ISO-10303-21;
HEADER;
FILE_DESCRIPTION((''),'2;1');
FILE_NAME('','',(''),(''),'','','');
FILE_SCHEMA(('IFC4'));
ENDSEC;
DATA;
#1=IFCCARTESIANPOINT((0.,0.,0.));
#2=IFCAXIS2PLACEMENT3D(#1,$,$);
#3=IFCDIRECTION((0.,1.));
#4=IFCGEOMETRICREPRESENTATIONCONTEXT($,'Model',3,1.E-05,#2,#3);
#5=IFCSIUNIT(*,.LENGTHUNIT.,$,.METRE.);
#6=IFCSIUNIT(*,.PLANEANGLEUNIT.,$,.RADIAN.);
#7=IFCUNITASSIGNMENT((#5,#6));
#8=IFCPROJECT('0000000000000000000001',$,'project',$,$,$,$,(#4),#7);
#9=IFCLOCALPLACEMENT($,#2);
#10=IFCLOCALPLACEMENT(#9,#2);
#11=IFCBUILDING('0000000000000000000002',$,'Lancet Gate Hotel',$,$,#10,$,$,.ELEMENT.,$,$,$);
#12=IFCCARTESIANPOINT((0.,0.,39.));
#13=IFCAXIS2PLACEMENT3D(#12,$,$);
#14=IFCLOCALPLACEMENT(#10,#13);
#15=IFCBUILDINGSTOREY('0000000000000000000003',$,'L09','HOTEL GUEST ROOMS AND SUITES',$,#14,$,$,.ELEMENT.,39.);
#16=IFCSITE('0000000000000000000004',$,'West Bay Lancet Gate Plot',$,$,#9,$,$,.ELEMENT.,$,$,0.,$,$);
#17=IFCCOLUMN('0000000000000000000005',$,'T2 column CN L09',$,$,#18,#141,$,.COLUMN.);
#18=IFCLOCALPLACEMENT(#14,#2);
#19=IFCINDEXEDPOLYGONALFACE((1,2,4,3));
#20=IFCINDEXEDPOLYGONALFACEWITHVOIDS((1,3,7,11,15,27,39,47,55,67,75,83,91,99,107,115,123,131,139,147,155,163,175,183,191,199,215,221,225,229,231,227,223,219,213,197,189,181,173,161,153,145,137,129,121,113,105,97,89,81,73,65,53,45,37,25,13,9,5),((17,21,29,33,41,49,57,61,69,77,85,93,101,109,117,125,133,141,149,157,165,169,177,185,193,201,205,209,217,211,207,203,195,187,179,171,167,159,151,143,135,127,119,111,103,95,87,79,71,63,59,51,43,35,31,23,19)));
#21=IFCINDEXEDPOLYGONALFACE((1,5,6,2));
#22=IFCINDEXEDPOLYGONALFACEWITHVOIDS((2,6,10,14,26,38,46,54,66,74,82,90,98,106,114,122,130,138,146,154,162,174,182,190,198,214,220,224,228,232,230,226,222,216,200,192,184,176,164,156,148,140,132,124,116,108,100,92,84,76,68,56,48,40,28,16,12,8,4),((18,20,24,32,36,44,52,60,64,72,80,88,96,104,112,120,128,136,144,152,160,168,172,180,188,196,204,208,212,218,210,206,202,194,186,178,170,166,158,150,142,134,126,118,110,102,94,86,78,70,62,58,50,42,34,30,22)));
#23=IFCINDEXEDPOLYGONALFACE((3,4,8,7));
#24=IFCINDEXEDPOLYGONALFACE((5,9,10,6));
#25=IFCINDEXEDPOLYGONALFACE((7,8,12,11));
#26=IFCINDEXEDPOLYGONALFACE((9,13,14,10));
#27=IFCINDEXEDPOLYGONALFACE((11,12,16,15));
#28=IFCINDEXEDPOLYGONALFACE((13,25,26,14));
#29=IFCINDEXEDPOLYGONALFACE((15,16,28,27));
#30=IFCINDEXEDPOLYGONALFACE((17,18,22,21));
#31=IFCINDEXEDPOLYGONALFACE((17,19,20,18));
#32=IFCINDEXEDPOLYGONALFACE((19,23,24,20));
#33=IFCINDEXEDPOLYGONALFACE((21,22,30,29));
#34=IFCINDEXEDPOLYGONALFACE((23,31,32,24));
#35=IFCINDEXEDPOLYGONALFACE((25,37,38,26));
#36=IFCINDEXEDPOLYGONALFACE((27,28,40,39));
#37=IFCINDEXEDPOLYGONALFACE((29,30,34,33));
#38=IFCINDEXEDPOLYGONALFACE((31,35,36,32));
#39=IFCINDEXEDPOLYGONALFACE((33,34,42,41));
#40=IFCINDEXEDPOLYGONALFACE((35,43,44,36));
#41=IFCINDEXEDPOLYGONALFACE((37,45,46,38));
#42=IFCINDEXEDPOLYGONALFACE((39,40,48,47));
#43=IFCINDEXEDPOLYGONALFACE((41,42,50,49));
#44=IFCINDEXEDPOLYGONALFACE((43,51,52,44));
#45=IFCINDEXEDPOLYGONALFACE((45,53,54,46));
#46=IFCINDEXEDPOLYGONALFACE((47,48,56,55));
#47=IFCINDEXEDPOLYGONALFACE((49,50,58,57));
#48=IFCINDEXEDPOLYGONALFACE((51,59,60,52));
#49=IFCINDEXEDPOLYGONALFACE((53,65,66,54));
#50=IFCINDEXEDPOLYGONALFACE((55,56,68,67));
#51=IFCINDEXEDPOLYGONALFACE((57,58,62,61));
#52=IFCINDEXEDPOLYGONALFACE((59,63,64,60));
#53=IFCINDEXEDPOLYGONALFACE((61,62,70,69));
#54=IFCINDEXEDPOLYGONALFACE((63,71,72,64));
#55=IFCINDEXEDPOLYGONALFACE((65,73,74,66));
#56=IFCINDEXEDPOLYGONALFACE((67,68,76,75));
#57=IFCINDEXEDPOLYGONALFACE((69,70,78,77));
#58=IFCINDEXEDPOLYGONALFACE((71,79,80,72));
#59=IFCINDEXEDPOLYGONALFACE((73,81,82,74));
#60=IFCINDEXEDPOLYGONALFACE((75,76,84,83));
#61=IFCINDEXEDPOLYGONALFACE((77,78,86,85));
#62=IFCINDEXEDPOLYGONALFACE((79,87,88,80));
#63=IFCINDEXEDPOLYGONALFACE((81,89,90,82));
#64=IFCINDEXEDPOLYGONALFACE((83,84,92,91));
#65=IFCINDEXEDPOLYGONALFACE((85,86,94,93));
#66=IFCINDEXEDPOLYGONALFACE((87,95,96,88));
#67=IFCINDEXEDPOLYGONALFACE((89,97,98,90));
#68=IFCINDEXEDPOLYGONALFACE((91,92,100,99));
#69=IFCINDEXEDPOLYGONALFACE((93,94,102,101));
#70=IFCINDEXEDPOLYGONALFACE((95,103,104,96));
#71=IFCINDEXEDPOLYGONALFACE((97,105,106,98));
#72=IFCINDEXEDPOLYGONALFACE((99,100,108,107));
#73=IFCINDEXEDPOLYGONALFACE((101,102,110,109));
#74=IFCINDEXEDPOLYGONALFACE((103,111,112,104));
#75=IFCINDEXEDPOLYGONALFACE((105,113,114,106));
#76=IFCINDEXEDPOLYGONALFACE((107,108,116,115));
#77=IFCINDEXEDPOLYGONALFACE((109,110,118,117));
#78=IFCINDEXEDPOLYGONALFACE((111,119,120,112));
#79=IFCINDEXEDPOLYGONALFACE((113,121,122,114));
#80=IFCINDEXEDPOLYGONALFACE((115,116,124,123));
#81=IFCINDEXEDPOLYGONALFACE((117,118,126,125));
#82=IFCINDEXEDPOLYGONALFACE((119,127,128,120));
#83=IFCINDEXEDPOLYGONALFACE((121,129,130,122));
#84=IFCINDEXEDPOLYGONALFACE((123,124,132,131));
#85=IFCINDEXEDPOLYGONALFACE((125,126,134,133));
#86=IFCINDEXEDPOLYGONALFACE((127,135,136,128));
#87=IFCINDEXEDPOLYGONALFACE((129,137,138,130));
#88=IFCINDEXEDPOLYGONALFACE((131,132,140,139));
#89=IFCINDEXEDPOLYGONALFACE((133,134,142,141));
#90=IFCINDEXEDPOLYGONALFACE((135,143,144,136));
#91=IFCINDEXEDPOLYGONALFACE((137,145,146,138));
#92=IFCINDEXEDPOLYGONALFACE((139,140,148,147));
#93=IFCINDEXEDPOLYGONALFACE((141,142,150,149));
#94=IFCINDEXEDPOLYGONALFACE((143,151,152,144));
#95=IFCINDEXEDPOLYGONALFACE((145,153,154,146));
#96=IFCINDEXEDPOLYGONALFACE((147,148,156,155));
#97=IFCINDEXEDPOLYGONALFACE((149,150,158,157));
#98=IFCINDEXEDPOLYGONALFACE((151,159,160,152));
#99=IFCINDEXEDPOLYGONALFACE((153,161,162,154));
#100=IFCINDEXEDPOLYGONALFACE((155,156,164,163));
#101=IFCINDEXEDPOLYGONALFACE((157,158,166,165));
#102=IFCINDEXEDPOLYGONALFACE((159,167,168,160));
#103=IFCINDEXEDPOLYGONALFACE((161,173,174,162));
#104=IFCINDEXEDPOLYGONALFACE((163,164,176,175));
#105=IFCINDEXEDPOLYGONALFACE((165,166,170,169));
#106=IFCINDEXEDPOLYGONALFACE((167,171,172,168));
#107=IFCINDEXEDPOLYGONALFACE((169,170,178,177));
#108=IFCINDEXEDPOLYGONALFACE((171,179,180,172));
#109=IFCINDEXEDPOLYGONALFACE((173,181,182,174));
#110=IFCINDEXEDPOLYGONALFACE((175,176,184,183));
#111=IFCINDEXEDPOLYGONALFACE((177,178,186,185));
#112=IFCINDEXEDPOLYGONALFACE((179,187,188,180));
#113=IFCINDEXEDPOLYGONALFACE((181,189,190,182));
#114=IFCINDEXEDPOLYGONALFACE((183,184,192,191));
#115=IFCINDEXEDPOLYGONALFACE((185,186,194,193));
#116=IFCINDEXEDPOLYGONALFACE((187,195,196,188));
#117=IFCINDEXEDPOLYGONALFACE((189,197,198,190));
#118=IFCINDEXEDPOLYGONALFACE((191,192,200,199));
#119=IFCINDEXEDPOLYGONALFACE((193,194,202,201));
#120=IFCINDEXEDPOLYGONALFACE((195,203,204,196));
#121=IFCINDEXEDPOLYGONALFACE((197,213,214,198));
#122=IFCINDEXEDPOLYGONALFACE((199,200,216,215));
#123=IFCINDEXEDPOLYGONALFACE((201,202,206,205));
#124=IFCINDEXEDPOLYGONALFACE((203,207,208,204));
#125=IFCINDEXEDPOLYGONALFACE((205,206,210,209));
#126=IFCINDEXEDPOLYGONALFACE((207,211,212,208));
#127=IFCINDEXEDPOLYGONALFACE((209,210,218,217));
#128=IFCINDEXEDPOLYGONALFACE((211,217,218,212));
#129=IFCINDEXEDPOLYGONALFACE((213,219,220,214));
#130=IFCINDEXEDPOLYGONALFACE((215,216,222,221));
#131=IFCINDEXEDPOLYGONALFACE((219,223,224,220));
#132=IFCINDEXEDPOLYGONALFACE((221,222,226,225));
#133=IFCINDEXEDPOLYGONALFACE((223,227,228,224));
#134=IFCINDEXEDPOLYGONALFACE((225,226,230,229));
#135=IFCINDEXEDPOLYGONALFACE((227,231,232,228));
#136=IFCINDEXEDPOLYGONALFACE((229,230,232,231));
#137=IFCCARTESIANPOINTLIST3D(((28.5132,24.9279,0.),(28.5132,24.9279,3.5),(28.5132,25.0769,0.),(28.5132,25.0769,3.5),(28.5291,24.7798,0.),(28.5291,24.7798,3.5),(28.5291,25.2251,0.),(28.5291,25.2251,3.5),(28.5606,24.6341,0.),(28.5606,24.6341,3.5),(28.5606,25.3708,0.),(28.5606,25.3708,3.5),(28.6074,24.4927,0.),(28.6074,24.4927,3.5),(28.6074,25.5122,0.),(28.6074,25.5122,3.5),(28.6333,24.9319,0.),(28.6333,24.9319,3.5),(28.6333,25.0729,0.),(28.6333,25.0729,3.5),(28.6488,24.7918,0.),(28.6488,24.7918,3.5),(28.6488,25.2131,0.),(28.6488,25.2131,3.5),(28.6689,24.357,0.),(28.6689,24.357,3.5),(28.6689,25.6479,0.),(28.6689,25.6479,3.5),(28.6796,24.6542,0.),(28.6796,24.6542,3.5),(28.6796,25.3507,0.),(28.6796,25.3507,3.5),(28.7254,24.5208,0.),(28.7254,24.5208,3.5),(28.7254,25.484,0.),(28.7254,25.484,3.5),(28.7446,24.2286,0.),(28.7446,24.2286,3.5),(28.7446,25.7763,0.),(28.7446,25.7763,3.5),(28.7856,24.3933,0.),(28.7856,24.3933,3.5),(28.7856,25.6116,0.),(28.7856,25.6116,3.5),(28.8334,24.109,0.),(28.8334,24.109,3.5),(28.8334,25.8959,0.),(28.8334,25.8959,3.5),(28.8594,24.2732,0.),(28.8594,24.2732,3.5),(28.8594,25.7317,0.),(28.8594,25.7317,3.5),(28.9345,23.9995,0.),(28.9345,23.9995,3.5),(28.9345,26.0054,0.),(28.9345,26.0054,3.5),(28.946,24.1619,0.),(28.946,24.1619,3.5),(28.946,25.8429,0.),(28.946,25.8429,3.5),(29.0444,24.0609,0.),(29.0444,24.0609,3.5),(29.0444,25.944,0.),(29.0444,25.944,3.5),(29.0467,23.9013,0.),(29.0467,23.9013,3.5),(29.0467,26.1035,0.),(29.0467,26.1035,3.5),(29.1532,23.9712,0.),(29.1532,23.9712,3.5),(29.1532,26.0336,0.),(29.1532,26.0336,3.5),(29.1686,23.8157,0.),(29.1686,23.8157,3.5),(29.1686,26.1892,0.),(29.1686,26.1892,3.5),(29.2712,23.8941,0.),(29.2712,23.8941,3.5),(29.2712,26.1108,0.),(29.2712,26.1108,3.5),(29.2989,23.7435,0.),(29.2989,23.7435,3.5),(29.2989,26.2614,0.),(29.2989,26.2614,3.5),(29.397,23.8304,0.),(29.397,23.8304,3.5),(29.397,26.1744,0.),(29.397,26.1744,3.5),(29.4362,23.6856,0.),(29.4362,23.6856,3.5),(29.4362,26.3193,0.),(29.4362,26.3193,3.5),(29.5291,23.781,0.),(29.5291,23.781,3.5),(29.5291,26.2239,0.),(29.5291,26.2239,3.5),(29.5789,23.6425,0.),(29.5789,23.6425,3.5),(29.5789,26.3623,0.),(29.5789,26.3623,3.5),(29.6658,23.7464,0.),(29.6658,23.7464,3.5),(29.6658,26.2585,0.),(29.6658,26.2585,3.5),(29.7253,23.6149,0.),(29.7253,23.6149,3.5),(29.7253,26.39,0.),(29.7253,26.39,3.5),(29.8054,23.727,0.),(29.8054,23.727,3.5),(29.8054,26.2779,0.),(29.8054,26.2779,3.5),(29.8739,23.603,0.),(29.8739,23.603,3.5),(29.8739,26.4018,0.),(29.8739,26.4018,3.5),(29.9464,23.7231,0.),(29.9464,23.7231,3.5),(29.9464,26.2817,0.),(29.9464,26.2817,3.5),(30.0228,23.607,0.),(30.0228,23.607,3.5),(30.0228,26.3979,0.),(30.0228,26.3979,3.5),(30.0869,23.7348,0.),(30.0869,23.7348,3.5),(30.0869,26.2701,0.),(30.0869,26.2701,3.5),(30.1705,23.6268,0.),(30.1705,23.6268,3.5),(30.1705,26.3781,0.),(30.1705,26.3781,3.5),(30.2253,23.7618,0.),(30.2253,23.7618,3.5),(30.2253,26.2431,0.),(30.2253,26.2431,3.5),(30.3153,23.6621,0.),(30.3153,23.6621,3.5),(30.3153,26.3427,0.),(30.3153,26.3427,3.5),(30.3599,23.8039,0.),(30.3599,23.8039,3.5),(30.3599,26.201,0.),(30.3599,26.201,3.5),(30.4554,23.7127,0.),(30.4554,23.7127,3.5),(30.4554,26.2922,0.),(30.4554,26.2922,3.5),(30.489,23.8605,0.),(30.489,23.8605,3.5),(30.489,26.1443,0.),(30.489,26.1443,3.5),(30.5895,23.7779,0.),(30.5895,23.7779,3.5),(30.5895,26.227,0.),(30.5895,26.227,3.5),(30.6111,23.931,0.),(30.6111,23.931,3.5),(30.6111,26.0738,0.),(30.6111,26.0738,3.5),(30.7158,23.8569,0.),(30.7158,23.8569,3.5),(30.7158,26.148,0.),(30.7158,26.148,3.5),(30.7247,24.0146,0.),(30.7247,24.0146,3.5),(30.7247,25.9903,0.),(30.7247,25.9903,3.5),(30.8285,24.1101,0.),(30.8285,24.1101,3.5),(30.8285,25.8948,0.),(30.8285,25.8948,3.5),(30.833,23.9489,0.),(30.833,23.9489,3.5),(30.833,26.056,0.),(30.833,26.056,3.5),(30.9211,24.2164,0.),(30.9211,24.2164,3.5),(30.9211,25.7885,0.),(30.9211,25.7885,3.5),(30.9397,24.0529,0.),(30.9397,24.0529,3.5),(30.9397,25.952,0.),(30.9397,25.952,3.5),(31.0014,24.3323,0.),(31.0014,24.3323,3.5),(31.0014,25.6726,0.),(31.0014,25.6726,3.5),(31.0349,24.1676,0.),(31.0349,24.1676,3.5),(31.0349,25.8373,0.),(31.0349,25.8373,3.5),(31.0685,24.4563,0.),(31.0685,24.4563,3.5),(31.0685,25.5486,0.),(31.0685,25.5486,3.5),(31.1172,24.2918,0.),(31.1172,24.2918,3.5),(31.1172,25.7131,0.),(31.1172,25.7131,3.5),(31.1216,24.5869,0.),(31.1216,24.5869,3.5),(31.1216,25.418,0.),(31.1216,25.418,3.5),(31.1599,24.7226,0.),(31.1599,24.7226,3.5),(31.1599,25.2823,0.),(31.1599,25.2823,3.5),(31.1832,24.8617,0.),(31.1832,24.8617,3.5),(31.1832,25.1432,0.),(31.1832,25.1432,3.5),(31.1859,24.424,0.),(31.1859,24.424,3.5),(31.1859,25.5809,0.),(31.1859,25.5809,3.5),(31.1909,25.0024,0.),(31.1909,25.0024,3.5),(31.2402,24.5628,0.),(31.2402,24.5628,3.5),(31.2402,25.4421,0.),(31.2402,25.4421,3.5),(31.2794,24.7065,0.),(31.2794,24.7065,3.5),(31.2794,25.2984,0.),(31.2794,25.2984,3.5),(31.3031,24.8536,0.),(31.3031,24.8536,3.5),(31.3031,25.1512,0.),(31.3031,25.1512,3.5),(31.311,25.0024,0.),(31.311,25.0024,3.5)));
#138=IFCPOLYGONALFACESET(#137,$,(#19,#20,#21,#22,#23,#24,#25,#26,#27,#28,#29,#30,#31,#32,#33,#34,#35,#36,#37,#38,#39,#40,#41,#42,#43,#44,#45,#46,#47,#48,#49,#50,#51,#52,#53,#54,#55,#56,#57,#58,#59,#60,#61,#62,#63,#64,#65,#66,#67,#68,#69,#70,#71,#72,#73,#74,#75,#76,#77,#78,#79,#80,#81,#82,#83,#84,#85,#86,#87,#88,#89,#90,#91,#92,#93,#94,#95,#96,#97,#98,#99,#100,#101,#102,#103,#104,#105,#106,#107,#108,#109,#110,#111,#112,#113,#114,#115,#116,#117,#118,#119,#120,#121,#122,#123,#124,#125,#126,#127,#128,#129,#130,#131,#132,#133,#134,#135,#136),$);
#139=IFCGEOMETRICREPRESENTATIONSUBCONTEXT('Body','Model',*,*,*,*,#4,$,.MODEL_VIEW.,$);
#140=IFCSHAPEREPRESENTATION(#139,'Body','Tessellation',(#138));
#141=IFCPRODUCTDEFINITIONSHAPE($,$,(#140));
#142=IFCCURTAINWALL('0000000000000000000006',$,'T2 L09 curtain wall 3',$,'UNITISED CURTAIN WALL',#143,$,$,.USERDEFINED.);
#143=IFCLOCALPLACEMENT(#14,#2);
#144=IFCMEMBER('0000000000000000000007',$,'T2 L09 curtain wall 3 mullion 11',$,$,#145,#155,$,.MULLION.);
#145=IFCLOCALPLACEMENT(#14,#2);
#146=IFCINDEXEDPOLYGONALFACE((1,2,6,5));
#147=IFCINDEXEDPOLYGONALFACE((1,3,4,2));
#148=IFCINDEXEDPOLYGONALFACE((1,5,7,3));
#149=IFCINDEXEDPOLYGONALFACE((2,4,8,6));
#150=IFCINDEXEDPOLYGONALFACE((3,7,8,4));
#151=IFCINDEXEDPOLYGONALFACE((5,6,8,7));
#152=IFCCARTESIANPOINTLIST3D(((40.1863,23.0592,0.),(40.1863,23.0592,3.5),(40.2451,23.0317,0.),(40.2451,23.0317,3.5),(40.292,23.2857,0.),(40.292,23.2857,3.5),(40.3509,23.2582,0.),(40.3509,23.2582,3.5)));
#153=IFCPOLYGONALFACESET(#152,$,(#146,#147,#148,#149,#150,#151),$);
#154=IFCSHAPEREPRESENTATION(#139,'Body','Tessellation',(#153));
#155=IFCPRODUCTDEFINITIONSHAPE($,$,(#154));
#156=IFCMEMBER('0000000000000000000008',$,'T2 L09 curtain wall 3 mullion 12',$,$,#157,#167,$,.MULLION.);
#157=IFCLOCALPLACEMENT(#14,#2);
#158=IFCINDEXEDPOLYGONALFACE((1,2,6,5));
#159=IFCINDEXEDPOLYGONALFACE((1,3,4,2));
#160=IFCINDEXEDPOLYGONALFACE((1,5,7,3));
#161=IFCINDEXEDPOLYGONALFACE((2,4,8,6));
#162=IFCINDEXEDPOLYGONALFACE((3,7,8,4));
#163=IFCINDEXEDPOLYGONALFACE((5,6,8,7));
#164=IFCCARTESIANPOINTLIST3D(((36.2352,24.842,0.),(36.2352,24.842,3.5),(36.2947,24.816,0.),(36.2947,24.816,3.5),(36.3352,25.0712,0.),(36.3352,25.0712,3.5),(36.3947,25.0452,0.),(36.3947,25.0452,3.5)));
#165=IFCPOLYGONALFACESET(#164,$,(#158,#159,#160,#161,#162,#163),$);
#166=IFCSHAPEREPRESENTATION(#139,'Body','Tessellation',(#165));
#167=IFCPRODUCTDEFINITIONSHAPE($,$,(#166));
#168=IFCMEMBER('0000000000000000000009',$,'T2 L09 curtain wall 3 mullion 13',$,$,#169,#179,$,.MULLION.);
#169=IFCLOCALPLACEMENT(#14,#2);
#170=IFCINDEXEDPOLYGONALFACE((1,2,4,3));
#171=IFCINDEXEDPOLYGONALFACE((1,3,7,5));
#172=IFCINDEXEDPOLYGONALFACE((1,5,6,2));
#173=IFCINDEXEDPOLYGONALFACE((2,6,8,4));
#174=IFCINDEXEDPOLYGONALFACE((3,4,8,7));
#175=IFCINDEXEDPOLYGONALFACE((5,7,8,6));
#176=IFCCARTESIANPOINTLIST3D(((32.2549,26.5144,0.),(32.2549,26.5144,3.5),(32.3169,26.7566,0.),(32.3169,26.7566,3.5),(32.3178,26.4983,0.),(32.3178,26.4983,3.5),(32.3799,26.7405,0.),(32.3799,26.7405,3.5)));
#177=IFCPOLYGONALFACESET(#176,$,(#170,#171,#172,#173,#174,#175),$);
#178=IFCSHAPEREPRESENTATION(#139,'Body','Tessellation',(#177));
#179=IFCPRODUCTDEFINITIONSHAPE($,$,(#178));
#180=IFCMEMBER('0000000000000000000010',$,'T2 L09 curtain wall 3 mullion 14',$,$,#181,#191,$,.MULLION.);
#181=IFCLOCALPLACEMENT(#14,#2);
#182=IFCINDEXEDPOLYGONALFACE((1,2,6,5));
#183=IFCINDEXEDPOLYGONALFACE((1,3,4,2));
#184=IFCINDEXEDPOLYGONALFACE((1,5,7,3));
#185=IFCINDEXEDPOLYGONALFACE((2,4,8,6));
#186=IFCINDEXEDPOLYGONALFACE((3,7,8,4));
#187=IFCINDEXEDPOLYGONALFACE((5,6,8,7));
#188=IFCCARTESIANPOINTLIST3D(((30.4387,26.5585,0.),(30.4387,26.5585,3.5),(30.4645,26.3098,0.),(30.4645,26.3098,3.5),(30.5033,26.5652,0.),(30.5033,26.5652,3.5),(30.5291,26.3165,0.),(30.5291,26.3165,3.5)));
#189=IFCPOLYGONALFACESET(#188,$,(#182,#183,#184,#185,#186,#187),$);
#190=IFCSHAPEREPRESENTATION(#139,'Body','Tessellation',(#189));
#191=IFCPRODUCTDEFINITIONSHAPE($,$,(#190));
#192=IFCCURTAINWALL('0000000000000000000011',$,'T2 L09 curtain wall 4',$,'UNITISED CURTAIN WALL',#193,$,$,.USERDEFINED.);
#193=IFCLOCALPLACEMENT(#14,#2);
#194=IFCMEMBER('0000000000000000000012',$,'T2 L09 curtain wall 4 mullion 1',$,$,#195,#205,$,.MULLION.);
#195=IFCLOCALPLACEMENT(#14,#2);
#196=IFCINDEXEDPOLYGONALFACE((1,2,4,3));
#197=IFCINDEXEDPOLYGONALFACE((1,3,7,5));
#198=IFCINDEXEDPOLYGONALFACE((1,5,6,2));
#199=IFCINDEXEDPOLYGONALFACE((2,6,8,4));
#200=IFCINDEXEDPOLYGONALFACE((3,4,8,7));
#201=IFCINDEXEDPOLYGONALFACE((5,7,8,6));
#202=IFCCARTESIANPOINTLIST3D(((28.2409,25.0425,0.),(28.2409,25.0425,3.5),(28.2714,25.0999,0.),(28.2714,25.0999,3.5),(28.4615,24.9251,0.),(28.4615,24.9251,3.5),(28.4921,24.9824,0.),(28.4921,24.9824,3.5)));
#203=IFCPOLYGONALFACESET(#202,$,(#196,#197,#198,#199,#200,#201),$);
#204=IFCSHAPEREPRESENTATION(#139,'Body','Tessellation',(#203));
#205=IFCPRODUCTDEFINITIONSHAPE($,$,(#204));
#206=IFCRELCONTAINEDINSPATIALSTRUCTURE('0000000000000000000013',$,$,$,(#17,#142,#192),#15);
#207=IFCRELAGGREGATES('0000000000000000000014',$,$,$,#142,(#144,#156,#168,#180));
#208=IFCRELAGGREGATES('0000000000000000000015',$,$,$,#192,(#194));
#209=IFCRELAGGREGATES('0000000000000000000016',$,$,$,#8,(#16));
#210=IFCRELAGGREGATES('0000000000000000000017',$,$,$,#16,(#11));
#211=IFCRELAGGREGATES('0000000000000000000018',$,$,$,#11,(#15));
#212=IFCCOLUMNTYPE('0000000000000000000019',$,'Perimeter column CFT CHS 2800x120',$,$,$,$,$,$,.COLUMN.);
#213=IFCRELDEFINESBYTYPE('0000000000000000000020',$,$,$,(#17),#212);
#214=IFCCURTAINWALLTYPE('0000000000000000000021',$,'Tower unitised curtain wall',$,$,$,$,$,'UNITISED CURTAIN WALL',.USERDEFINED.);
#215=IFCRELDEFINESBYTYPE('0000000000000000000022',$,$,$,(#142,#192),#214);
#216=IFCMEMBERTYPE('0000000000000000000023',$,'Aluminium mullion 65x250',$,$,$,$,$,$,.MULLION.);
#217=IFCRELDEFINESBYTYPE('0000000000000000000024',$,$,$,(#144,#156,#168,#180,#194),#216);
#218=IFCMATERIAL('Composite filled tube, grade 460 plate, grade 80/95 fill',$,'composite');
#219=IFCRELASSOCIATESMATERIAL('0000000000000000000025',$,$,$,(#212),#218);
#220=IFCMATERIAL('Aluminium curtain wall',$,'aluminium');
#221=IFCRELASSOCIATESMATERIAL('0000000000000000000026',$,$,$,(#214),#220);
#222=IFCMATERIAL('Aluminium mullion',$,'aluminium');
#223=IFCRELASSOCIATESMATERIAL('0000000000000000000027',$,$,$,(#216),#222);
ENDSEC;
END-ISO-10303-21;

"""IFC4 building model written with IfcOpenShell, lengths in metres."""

from ifc_helpers import new_model, si_unit, direction, frame, origin, origin_2d, place, context, subcontext, project, spatial, rectangle, hollow_circle, extrude, material, material_profile, profile_set, type_object, element, aggregate, save


model = new_model("IFC4")

# Units and contexts
model_context = context("Model", 3, precision=1e-05, world=origin(), true_north=direction((0.0, 1.0)))
body_context = subcontext(model_context, "Body", "Model", "MODEL_VIEW")
ifc_project = project(units=[si_unit("LENGTHUNIT", "METRE"), si_unit("PLANEANGLEUNIT", "RADIAN")], contexts=[model_context])

# Site, building, storey
site_placement = place(None, origin())
site = spatial("IfcSite", under=ifc_project, at=site_placement, Name="West Bay Lancet Gate Plot", CompositionType="ELEMENT", RefElevation=0.0)
building_placement = place(site_placement, origin())
building = spatial("IfcBuilding", under=site, at=building_placement, Name="Lancet Gate Hotel", CompositionType="ELEMENT")
storey_placement = place(building_placement, frame((0.0, 0.0, 39.0)))
storey = spatial("IfcBuildingStorey", under=building, at=storey_placement, Name="L09", Description="HOTEL GUEST ROOMS AND SUITES", CompositionType="ELEMENT", Elevation=39.0)

# Column
ifc_material_1 = material(Name="Composite filled tube, grade 460 plate, grade 80/95 fill", Category="composite")
ifc_material_profile_1 = material_profile(ifc_material_1, hollow_circle(Radius=1.3999, WallThickness=0.1201, at=origin_2d()), Name="CHS 2800x120")
ifc_profile_set_1 = profile_set([ifc_material_profile_1], Name="Composite filled tube, grade 460 plate, grade 80/95 fill")
column_type = type_object("IfcColumnType", Name="Perimeter column CFT CHS 2800x120", PredefinedType="COLUMN", material=ifc_profile_set_1)
column_placement = place(storey_placement, frame((29.9111, 25.0024, 0.0), z_axis=(0.0, 0.0, 1.0), x_axis=(1.0, 0.0, 0.0)))
element("IfcColumn", 1, at=column_placement, inside=storey, type_object=column_type, Name="T2 column CN L09", PredefinedType="COLUMN", context=body_context, shape_type="SweptSolid", body=[
    extrude(hollow_circle(Radius=1.3999, WallThickness=0.1201, at=origin_2d()), origin(), (0.0, 0.0, 1.0), 3.5),
])

# Curtain walls, members
ifc_material_2 = material(Name="Aluminium curtain wall", Category="aluminium")
curtain_wall_type = type_object("IfcCurtainWallType", Name="Tower unitised curtain wall", ElementType="UNITISED CURTAIN WALL", PredefinedType="USERDEFINED", material=ifc_material_2)
curtain_wall_1_placement = place(storey_placement, origin())
curtain_wall_1 = element("IfcCurtainWall", 2, at=curtain_wall_1_placement, inside=storey, type_object=curtain_wall_type, Name="T2 L09 curtain wall 3", ObjectType="UNITISED CURTAIN WALL", PredefinedType="USERDEFINED")
ifc_material_3 = material(Name="Aluminium mullion", Category="aluminium")
ifc_material_profile_2 = material_profile(ifc_material_3, rectangle(XDim=0.0649, YDim=0.25, at=origin_2d()), Name="MULLION 65x250")
ifc_profile_set_2 = profile_set([ifc_material_profile_2], Name="Aluminium mullion")
member_type_1 = type_object("IfcMemberType", Name="Aluminium mullion 65x250", PredefinedType="MULLION", material=ifc_profile_set_2)
member_1_placement = place(storey_placement, frame((40.2686, 23.1587, 0.0), z_axis=(0.0, 0.0, 1.0), x_axis=(-0.906105, 0.423053, 0.0)))
member_1 = element("IfcMember", 3, at=member_1_placement, type_object=member_type_1, Name="T2 L09 curtain wall 3 mullion 11", PredefinedType="MULLION", context=body_context, shape_type="SweptSolid", body=[
    extrude(rectangle(XDim=0.0649, YDim=0.25, at=origin_2d()), origin(), (0.0, 0.0, 1.0), 3.5),
])
member_2_placement = place(storey_placement, frame((36.3149, 24.9436, 0.0), z_axis=(0.0, 0.0, 1.0), x_axis=(-0.916579, 0.399854, 0.0)))
member_2 = element("IfcMember", 4, at=member_2_placement, type_object=member_type_1, Name="T2 L09 curtain wall 3 mullion 12", PredefinedType="MULLION", context=body_context, shape_type="SweptSolid", body=[
    extrude(rectangle(XDim=0.0649, YDim=0.25, at=origin_2d()), origin(), (0.0, 0.0, 1.0), 3.5),
])
member_3_placement = place(storey_placement, frame((32.3174, 26.6274, 0.0), z_axis=(0.0, 0.0, 1.0), x_axis=(-0.968721, 0.24815, 0.0)))
member_3 = element("IfcMember", 5, at=member_3_placement, type_object=member_type_1, Name="T2 L09 curtain wall 3 mullion 13", PredefinedType="MULLION", context=body_context, shape_type="SweptSolid", body=[
    extrude(rectangle(XDim=0.0649, YDim=0.25, at=origin_2d()), origin(), (0.0, 0.0, 1.0), 3.5),
])
member_4_placement = place(storey_placement, frame((30.4839, 26.4375, 0.0), z_axis=(0.0, 0.0, 1.0), x_axis=(-0.994672, -0.103088, 0.0)))
member_4 = element("IfcMember", 6, at=member_4_placement, type_object=member_type_1, Name="T2 L09 curtain wall 3 mullion 14", PredefinedType="MULLION", context=body_context, shape_type="SweptSolid", body=[
    extrude(rectangle(XDim=0.0649, YDim=0.25, at=origin_2d()), origin(), (0.0, 0.0, 1.0), 3.5),
])
curtain_wall_2_placement = place(storey_placement, origin())
curtain_wall_2 = element("IfcCurtainWall", 7, at=curtain_wall_2_placement, inside=storey, type_object=curtain_wall_type, Name="T2 L09 curtain wall 4", ObjectType="UNITISED CURTAIN WALL", PredefinedType="USERDEFINED")
member_5_placement = place(storey_placement, frame((28.3665, 25.0125, 0.0), z_axis=(0.0, 0.0, 1.0), x_axis=(-0.469898, -0.882721, 0.0)))
member_5 = element("IfcMember", 8, at=member_5_placement, type_object=member_type_1, Name="T2 L09 curtain wall 4 mullion 1", PredefinedType="MULLION", context=body_context, shape_type="SweptSolid", body=[
    extrude(rectangle(XDim=0.0649, YDim=0.25, at=origin_2d()), origin(), (0.0, 0.0, 1.0), 3.5),
])

aggregate(curtain_wall_1, [member_1, member_2, member_3, member_4])
aggregate(curtain_wall_2, [member_5])

save(model, "model.ifc")
